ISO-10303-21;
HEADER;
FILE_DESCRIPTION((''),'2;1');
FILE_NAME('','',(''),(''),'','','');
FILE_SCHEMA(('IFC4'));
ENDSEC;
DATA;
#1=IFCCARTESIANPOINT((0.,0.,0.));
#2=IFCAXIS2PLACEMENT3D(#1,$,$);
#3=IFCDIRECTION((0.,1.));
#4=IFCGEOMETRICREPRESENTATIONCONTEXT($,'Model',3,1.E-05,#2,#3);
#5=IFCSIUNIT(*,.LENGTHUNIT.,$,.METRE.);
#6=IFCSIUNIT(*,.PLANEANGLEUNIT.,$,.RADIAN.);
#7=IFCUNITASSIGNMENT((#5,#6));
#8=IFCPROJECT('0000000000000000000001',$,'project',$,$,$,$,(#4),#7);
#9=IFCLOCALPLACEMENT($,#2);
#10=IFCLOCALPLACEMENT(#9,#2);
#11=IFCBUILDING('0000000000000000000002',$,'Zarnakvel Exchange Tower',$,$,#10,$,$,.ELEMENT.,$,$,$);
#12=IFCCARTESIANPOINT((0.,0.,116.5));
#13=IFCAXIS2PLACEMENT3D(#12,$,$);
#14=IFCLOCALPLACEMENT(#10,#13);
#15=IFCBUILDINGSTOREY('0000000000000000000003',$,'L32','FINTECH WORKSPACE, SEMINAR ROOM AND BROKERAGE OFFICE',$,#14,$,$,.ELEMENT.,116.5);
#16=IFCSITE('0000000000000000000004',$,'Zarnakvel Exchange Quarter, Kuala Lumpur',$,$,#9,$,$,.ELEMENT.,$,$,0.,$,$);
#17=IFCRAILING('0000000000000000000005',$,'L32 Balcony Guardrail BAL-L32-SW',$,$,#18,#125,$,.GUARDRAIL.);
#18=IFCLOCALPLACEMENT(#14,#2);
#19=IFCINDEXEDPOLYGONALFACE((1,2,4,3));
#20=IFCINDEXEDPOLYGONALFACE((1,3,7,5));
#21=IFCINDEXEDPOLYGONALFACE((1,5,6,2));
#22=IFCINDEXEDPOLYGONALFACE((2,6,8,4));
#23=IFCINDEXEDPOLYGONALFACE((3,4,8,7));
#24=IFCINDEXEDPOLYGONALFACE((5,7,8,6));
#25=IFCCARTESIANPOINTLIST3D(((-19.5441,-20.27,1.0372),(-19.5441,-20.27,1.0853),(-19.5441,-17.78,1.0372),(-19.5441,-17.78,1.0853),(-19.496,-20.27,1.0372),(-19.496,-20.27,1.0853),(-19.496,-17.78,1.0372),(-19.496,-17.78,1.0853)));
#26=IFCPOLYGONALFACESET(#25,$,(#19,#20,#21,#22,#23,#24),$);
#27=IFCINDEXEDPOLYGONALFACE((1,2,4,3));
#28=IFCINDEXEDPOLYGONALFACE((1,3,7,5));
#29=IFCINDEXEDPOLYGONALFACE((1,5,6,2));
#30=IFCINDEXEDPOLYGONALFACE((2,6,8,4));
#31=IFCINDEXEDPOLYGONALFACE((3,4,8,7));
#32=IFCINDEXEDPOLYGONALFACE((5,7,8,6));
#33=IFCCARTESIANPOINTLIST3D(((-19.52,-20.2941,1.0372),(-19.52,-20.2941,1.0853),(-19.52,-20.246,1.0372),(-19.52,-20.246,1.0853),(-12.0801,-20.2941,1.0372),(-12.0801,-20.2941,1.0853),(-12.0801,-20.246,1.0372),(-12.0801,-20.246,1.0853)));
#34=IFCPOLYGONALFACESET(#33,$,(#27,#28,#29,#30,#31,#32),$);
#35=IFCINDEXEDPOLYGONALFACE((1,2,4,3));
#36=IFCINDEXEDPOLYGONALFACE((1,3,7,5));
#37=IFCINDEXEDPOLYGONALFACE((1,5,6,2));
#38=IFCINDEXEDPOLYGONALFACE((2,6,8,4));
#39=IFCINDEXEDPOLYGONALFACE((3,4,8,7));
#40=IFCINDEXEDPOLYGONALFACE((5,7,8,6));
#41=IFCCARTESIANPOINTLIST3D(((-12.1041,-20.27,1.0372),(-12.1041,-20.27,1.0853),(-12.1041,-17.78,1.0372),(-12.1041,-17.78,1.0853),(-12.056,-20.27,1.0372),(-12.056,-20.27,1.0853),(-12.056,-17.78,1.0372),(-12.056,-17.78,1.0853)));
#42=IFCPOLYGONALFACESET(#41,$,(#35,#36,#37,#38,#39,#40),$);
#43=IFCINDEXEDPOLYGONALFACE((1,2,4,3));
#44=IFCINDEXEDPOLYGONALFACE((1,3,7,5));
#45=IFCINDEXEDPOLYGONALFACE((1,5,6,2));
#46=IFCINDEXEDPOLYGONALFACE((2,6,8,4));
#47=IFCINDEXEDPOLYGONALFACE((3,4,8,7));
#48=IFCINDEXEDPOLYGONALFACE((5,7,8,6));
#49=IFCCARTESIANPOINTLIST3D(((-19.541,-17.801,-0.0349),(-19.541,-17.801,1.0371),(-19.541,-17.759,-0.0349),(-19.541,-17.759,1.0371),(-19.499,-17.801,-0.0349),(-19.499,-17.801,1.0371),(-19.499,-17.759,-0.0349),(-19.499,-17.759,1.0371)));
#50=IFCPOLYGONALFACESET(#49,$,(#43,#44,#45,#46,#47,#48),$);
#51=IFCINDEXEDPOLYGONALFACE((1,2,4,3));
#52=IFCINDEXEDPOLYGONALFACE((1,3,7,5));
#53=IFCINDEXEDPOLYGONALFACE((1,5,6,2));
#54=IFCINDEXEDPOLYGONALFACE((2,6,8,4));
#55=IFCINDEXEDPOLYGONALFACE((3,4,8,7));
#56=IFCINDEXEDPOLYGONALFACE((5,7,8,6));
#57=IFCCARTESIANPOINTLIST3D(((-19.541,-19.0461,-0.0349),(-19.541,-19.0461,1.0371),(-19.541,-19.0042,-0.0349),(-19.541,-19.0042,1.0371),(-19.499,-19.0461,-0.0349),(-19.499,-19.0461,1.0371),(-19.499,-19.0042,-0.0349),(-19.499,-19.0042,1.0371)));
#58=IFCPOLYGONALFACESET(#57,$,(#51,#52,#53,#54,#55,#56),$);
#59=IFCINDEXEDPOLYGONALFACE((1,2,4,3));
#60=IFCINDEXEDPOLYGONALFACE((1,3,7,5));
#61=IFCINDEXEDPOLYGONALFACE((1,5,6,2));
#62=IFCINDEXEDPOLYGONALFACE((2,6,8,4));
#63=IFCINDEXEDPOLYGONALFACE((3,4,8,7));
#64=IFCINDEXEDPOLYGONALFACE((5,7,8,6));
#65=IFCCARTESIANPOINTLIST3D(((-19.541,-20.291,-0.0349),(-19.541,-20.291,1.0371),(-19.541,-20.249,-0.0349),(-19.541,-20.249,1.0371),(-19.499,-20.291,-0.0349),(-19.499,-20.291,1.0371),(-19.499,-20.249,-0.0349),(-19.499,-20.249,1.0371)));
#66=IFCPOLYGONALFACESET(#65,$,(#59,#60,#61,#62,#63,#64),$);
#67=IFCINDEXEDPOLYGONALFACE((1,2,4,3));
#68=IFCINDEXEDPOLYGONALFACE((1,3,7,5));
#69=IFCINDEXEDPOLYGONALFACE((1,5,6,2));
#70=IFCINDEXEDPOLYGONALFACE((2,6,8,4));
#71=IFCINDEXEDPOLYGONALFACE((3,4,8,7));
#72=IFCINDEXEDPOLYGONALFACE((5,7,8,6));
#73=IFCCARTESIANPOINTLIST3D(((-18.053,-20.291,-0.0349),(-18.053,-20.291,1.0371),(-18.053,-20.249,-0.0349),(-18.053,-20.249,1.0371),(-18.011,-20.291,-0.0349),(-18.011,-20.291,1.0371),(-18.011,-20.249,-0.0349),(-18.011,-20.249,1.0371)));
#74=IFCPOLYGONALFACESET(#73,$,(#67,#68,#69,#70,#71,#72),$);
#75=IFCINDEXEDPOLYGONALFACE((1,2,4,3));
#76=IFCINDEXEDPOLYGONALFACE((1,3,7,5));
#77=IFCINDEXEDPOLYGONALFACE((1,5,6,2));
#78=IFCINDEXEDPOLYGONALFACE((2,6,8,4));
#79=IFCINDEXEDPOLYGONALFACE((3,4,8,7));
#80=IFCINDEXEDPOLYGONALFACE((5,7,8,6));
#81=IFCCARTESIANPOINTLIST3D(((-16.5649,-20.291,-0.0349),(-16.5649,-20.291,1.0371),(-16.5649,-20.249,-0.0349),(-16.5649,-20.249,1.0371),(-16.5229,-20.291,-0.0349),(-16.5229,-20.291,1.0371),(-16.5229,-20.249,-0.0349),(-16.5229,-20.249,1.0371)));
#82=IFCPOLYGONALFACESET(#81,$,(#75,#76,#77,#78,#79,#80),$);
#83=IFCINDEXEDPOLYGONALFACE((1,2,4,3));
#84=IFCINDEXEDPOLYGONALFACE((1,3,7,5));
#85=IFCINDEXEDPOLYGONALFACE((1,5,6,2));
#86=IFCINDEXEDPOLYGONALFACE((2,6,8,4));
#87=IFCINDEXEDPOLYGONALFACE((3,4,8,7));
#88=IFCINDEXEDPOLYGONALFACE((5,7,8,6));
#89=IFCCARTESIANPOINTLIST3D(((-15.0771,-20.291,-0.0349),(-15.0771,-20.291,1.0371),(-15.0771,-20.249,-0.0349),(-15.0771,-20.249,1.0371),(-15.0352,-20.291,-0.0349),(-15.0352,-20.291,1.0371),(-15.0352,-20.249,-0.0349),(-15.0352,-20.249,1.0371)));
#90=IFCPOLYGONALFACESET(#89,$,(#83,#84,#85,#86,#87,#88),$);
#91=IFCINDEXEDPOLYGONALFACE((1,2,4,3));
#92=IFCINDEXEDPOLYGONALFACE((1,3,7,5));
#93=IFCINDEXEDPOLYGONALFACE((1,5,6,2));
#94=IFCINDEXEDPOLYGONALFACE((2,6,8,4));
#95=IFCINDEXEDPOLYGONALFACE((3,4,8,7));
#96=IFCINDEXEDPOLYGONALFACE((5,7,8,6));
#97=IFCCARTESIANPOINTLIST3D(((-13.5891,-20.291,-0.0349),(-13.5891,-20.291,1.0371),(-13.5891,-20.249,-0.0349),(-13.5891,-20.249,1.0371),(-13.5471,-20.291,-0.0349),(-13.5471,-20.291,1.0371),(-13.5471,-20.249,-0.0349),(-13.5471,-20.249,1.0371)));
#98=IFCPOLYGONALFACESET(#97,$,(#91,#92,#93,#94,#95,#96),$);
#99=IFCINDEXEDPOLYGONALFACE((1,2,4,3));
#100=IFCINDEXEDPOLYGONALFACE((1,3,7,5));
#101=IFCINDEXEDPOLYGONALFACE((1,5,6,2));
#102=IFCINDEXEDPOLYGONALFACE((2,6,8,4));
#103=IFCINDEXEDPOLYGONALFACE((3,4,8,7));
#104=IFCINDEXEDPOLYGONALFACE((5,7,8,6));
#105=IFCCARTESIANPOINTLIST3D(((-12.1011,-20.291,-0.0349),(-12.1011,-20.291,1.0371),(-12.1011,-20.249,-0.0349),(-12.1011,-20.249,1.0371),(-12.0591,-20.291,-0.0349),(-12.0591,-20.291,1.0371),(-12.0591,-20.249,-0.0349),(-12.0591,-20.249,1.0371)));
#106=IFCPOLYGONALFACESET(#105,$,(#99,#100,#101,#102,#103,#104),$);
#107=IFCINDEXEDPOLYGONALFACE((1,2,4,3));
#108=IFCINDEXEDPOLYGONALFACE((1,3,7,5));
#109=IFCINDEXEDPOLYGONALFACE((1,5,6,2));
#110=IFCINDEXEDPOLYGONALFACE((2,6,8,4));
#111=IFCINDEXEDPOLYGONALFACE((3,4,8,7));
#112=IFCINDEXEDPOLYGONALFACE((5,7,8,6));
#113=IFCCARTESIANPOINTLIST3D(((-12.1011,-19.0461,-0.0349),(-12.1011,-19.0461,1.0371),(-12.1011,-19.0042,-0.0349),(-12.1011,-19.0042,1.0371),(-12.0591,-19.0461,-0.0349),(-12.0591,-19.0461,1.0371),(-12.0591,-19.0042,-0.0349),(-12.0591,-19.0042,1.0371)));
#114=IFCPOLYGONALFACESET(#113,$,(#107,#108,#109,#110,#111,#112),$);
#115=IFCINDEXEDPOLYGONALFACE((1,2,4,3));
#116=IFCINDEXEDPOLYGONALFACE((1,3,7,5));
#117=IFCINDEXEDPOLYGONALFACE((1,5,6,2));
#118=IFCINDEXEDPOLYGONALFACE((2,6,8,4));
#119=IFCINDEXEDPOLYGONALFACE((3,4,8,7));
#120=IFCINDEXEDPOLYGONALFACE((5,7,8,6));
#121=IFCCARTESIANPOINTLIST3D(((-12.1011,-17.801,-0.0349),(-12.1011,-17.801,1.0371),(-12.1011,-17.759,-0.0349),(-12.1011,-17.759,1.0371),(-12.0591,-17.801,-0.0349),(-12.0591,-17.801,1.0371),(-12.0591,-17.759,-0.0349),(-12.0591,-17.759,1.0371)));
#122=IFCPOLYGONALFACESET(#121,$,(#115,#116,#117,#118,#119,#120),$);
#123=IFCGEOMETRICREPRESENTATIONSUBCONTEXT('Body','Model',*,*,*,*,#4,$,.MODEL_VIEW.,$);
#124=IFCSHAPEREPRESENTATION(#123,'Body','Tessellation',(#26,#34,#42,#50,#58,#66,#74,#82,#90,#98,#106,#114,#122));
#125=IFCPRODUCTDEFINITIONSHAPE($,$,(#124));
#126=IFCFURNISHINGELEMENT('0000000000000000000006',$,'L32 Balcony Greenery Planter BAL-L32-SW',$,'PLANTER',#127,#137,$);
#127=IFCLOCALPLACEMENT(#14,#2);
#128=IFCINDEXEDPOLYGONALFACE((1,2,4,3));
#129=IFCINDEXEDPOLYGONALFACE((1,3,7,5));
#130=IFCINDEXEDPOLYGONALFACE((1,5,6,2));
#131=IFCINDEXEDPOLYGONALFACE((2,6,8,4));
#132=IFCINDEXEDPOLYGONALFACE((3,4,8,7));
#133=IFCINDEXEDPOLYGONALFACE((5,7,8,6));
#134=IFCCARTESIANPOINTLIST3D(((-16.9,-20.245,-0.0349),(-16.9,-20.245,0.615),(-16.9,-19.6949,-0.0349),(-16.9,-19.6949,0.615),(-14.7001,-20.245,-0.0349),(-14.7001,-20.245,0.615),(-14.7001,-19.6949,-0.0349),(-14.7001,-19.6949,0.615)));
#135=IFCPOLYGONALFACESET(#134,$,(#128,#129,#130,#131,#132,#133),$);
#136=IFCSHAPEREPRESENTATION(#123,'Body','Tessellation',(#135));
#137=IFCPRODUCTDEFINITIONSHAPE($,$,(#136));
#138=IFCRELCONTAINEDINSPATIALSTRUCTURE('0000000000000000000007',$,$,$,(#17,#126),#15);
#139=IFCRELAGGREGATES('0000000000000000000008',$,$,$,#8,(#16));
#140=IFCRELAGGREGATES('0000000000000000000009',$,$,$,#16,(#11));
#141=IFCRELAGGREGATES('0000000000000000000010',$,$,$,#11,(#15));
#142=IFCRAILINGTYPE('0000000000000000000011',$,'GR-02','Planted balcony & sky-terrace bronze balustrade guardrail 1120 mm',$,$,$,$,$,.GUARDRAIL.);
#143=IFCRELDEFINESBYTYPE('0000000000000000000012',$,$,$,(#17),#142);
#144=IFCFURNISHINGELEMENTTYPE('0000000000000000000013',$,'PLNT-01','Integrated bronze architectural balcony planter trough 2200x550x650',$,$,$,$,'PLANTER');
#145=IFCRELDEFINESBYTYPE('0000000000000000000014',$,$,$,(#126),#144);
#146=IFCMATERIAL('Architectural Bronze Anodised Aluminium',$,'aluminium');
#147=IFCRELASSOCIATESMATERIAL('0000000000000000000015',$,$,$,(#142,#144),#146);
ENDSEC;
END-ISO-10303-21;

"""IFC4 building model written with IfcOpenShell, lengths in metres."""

from ifc_helpers import new_model, si_unit, direction, frame, origin, origin_2d, place, context, subcontext, project, spatial, rectangle, extrude, source, transform, mapped, material, type_object, element, save


model = new_model("IFC4")

# Units and contexts
model_context = context("Model", 3, precision=1e-05, world=origin(), true_north=direction((0.0, 1.0)))
body_context = subcontext(model_context, "Body", "Model", "MODEL_VIEW")
ifc_project = project(units=[si_unit("LENGTHUNIT", "METRE"), si_unit("PLANEANGLEUNIT", "RADIAN")], contexts=[model_context])

# Site, building, storey
site_placement = place(None, origin())
site = spatial("IfcSite", under=ifc_project, at=site_placement, Name="Zarnakvel Exchange Quarter, Kuala Lumpur", CompositionType="ELEMENT", RefElevation=0.0)
building_placement = place(site_placement, origin())
building = spatial("IfcBuilding", under=site, at=building_placement, Name="Zarnakvel Exchange Tower", CompositionType="ELEMENT")
storey_placement = place(building_placement, frame((0.0, 0.0, 116.5)))
storey = spatial("IfcBuildingStorey", under=building, at=storey_placement, Name="L32", Description="FINTECH WORKSPACE, SEMINAR ROOM AND BROKERAGE OFFICE", CompositionType="ELEMENT", Elevation=116.5)

# Railing
ifc_material_1 = material(Name="Architectural Bronze Anodised Aluminium", Category="aluminium")
railing_type = type_object("IfcRailingType", Name="GR-02", Description="Planted balcony & sky-terrace bronze balustrade guardrail 1120 mm", PredefinedType="GUARDRAIL", material=ifc_material_1)
railing_placement = place(storey_placement, frame((-19.52, -17.78, -0.0349)))
element("IfcRailing", 1, at=railing_placement, inside=storey, type_object=railing_type, Name="L32 Balcony Guardrail BAL-L32-SW", PredefinedType="GUARDRAIL", context=body_context, shape_type="SweptSolid", body=[
    extrude(rectangle(XDim=0.0481, YDim=0.0481, at=origin_2d()), frame((0.0, 0.0, 1.0962), z_axis=(0.0, -1.0, 0.0), x_axis=(1.0, 0.0, 0.0)), (0.0, 0.0, 1.0), 2.49),
    extrude(rectangle(XDim=0.0481, YDim=0.0481, at=origin_2d()), frame((0.0, -2.49, 1.0962), z_axis=(1.0, 0.0, 0.0), x_axis=(0.0, 1.0, 0.0)), (0.0, 0.0, 1.0), 7.4399),
    extrude(rectangle(XDim=0.0481, YDim=0.0481, at=origin_2d()), frame((7.4399, -2.49, 1.0962), z_axis=(0.0, 1.0, 0.0), x_axis=(-1.0, 0.0, 0.0)), (0.0, 0.0, 1.0), 2.49),
    extrude(rectangle(XDim=0.042, YDim=0.042, at=origin_2d()), origin(), (0.0, 0.0, 1.0), 1.072),
    extrude(rectangle(XDim=0.042, YDim=0.042, at=origin_2d()), frame((0.0, -1.2451, 0.0)), (0.0, 0.0, 1.0), 1.072),
    extrude(rectangle(XDim=0.042, YDim=0.042, at=origin_2d()), frame((0.0, -2.49, 0.0)), (0.0, 0.0, 1.0), 1.072),
    extrude(rectangle(XDim=0.042, YDim=0.042, at=origin_2d()), frame((1.488, -2.49, 0.0)), (0.0, 0.0, 1.0), 1.072),
    extrude(rectangle(XDim=0.042, YDim=0.042, at=origin_2d()), frame((2.9761, -2.49, 0.0)), (0.0, 0.0, 1.0), 1.072),
    extrude(rectangle(XDim=0.042, YDim=0.042, at=origin_2d()), frame((4.4639, -2.49, 0.0)), (0.0, 0.0, 1.0), 1.072),
    extrude(rectangle(XDim=0.042, YDim=0.042, at=origin_2d()), frame((5.9519, -2.49, 0.0)), (0.0, 0.0, 1.0), 1.072),
    extrude(rectangle(XDim=0.042, YDim=0.042, at=origin_2d()), frame((7.4399, -2.49, 0.0)), (0.0, 0.0, 1.0), 1.072),
    extrude(rectangle(XDim=0.042, YDim=0.042, at=origin_2d()), frame((7.4399, -1.2451, 0.0)), (0.0, 0.0, 1.0), 1.072),
    extrude(rectangle(XDim=0.042, YDim=0.042, at=origin_2d()), frame((7.4399, 0.0, 0.0)), (0.0, 0.0, 1.0), 1.072),
])

# Furnishing element
furnishing_element_type = type_object("IfcFurnishingElementType", Name="PLNT-01", Description="Integrated bronze architectural balcony planter trough 2200x550x650", ElementType="PLANTER", material=ifc_material_1)
shared_shape = source(origin(), body_context, "Body", "SweptSolid", [
    extrude(rectangle(XDim=2.2, YDim=0.55, at=origin_2d()), origin(), (0.0, 0.0, 1.0), 0.6499),
])
furnishing_placement = place(storey_placement, frame((-15.8, -19.97, -0.0349), z_axis=(0.0, 0.0, 1.0), x_axis=(1.0, 0.0, 0.0)))
element("IfcFurnishingElement", 2, at=furnishing_placement, inside=storey, type_object=furnishing_element_type, Name="L32 Balcony Greenery Planter BAL-L32-SW", ObjectType="PLANTER", context=body_context, shape_type="MappedRepresentation", body=[
    mapped(shared_shape, transform((0.0, 0.0, 0.0), x_axis=(1.0, 0.0, 0.0), y_axis=(0.0, 1.0, 0.0), z_axis=(0.0, 0.0, 1.0), scale=1.0)),
])

save(model, "model.ifc")
